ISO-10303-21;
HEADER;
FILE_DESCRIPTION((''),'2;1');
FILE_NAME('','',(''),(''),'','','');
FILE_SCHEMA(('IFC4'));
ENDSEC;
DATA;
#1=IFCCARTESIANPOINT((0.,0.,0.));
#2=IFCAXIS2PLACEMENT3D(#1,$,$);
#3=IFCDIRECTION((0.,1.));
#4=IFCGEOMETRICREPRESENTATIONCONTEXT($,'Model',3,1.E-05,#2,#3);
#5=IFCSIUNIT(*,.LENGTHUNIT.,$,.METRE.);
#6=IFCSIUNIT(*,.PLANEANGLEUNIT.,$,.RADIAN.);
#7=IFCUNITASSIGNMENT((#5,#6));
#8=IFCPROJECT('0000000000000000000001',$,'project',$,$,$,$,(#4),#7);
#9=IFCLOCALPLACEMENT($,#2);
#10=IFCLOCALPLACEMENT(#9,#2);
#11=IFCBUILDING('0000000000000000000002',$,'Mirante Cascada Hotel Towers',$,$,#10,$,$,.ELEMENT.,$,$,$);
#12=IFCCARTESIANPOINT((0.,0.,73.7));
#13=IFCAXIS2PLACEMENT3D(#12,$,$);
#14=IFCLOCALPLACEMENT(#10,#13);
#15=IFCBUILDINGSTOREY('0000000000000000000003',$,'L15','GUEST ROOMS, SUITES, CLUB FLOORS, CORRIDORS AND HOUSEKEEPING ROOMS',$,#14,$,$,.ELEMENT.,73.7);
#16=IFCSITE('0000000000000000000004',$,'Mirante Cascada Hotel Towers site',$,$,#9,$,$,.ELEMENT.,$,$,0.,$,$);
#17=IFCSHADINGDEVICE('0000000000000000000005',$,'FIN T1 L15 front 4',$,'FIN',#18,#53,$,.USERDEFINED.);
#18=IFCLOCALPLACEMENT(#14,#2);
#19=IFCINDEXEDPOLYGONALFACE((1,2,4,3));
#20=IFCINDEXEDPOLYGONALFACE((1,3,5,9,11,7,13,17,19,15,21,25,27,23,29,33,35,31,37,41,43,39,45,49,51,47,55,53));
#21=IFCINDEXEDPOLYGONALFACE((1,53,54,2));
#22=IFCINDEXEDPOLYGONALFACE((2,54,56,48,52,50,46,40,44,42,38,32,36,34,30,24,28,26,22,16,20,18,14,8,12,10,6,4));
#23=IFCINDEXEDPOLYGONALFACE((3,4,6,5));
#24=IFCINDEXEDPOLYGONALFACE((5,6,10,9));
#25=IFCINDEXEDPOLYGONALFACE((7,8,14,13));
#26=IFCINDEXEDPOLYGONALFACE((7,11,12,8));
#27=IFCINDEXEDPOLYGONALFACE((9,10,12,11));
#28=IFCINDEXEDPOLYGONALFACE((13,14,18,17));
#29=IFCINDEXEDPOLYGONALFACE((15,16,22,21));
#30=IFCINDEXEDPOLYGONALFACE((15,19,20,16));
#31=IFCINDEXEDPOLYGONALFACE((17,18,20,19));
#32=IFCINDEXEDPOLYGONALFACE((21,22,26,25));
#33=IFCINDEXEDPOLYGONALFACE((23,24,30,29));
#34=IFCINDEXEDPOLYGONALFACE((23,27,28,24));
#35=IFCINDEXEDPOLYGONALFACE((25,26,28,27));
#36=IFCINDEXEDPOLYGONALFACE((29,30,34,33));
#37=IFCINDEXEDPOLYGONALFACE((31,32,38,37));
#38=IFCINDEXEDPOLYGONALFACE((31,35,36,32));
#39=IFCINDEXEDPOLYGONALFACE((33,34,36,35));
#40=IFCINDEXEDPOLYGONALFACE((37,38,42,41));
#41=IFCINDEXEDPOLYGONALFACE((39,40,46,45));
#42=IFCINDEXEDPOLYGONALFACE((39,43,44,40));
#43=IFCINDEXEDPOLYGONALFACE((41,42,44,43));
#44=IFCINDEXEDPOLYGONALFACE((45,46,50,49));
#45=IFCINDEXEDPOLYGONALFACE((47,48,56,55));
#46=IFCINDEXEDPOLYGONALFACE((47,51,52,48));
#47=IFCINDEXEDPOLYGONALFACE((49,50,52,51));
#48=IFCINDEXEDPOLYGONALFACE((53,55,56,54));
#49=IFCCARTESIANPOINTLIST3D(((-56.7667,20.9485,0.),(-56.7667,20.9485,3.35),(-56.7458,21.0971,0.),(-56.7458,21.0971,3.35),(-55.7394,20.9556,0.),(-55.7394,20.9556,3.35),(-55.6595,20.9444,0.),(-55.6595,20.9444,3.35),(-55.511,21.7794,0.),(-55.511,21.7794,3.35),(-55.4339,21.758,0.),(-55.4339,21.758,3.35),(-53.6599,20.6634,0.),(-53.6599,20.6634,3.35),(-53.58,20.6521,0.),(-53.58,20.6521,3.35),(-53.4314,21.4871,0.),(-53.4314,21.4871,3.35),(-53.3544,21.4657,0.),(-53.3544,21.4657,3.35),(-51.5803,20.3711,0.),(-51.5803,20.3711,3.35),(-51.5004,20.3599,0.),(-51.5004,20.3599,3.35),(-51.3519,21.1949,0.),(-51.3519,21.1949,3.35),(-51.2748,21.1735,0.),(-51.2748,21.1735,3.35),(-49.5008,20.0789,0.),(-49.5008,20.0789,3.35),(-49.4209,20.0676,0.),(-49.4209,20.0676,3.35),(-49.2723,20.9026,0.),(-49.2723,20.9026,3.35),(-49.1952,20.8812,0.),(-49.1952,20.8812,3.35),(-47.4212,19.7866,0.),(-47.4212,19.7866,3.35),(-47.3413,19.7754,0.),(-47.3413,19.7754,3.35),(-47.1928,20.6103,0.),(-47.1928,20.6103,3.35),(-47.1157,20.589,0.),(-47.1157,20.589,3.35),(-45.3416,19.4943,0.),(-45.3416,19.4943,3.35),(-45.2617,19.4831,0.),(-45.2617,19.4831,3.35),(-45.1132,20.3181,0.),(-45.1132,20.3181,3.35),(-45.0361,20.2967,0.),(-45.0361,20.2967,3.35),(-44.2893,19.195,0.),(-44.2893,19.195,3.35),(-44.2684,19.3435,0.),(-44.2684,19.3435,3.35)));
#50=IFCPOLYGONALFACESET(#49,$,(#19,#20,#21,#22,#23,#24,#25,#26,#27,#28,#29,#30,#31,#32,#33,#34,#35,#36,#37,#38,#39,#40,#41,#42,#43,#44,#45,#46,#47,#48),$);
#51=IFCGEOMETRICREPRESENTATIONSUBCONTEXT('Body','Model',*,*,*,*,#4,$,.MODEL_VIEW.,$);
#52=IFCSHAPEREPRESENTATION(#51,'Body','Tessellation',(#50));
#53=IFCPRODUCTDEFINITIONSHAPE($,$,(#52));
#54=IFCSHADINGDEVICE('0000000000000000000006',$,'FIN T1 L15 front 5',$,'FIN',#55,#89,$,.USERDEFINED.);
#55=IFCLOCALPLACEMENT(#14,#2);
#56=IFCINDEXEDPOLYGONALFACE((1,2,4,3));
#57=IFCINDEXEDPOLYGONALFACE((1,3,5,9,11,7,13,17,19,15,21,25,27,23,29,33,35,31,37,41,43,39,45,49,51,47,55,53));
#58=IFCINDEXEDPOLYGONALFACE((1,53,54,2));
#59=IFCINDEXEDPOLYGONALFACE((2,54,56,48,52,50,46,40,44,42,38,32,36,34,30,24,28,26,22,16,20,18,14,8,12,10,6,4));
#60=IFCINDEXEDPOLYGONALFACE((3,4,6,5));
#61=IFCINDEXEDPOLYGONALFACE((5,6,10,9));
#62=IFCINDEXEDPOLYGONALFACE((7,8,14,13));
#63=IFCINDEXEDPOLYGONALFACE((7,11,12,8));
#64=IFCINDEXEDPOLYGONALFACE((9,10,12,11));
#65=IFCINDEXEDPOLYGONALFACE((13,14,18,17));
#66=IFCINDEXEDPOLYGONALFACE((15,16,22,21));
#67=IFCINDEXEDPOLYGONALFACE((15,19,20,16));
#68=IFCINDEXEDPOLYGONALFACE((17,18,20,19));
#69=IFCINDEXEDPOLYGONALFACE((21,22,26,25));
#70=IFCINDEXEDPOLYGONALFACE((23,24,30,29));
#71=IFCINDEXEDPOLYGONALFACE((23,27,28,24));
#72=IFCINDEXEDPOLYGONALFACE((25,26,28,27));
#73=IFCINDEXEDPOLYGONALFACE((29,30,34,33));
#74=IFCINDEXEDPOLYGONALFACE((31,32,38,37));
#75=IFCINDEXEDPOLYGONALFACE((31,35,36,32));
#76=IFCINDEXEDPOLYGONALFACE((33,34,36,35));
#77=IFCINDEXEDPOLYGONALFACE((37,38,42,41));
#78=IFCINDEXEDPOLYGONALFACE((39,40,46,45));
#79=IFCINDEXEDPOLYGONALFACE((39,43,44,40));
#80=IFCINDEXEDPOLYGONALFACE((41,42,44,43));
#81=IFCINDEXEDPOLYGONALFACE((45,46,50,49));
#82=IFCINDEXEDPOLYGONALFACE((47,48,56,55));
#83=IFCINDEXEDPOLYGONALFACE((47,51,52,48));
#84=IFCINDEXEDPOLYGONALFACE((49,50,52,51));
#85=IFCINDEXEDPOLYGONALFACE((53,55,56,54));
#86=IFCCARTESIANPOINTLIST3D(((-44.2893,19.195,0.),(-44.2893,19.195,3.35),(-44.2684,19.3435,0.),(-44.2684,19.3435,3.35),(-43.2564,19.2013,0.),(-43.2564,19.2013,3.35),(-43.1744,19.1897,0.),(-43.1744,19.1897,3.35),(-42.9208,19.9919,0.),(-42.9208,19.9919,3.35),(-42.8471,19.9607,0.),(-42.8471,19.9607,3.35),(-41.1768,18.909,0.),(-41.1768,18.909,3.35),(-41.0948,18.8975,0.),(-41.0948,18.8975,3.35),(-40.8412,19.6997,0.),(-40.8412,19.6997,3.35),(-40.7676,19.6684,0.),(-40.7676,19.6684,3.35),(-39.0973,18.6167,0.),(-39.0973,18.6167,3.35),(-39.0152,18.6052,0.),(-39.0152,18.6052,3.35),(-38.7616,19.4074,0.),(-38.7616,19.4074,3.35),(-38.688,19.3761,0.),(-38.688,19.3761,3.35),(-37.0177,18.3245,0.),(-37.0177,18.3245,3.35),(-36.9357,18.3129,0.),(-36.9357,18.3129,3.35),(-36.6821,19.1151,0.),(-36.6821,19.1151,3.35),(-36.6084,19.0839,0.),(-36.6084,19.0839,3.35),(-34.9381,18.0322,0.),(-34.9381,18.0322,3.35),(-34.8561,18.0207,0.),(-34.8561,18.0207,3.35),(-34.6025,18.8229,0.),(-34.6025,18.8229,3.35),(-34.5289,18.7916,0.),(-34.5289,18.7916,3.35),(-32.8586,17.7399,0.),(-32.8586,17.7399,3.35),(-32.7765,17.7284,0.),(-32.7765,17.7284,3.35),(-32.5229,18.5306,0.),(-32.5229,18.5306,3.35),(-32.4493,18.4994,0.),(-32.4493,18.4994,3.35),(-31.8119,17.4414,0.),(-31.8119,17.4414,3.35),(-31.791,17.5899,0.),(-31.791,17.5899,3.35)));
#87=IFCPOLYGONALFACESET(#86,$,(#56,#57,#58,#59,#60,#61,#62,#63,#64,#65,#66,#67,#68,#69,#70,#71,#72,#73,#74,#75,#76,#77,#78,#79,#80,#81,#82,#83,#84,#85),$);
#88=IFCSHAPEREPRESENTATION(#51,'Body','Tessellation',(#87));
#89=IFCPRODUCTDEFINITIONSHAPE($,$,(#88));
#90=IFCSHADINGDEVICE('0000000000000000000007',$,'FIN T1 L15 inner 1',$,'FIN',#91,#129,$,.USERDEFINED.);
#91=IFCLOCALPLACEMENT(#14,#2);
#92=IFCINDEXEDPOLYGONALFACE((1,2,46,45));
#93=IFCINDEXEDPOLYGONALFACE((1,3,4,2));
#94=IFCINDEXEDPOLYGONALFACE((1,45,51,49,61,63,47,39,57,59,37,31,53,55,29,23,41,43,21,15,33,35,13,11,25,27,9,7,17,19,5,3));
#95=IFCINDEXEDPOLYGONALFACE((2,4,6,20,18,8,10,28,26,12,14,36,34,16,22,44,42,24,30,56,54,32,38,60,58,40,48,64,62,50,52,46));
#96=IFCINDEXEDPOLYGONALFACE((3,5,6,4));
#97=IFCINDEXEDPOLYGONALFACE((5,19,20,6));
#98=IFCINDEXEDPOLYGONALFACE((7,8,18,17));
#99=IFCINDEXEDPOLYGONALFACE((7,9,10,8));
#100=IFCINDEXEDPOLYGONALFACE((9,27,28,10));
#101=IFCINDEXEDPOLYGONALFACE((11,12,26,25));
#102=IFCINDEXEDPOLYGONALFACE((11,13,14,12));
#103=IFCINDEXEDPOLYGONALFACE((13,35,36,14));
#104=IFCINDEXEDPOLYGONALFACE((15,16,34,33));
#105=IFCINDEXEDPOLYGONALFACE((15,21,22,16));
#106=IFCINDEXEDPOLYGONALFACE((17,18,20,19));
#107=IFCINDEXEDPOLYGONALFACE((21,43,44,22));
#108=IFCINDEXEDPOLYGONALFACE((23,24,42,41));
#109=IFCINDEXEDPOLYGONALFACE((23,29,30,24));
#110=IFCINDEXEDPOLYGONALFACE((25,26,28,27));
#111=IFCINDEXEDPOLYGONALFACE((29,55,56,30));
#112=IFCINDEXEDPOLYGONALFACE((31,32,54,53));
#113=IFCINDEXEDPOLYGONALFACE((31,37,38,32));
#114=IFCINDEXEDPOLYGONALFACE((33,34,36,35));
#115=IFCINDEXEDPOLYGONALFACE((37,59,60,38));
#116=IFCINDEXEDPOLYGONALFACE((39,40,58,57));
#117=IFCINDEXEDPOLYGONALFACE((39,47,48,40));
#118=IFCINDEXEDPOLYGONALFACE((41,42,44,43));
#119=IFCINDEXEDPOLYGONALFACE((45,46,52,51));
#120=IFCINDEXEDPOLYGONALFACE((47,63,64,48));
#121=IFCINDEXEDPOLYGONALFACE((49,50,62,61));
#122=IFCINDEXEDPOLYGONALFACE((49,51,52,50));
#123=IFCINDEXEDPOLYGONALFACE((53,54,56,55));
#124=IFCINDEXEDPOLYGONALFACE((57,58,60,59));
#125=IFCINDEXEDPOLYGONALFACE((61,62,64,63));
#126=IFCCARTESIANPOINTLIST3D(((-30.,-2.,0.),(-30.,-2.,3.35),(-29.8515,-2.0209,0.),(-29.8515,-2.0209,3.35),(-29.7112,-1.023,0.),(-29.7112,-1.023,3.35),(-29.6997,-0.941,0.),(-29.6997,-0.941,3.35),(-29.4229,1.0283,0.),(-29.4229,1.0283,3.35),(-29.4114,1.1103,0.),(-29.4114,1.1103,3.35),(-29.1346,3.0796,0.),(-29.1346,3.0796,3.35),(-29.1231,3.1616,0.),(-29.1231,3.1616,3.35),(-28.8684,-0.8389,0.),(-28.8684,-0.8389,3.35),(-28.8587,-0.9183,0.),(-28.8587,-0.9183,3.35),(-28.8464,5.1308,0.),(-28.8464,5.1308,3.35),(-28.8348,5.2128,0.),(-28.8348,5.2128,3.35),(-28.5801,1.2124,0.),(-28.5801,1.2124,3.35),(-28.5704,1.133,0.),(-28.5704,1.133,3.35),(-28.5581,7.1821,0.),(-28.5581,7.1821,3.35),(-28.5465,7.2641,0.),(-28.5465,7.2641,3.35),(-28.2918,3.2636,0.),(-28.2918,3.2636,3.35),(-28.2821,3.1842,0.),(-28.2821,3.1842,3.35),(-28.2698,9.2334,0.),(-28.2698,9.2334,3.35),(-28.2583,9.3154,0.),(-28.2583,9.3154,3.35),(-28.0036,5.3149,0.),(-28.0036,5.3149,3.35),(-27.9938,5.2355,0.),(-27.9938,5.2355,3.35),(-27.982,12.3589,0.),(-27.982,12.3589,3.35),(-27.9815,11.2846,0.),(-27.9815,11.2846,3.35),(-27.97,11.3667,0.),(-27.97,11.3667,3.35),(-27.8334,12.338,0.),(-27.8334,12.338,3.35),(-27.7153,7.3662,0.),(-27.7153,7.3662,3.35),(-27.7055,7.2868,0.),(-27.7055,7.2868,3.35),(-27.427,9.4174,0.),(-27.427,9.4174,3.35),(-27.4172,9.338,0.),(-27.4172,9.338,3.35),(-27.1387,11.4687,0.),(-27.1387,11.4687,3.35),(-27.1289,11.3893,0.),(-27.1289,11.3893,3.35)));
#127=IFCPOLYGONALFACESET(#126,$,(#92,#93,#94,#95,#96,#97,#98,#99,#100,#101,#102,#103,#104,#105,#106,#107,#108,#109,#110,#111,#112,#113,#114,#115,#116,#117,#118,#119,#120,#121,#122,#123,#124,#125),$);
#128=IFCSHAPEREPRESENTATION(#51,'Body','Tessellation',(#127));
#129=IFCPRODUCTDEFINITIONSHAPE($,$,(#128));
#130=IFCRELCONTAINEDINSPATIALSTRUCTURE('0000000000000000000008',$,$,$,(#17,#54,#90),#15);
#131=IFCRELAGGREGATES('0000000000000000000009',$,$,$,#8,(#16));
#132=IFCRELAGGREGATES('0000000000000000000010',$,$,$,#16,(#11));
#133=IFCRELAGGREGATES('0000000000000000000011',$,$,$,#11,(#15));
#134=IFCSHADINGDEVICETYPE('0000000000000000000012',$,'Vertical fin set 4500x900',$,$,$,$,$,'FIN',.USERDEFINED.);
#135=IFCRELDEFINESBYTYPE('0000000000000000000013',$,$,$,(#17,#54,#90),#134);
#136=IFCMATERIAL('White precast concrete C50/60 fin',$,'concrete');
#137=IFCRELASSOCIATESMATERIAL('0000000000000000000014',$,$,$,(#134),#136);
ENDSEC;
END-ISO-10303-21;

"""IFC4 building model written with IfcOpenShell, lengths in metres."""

from ifc_helpers import new_model, si_unit, direction, frame, origin, place, context, subcontext, project, spatial, polyline, outline, extrude, material, type_object, element, save


model = new_model("IFC4")

# Units and contexts
model_context = context("Model", 3, precision=1e-05, world=origin(), true_north=direction((0.0, 1.0)))
body_context = subcontext(model_context, "Body", "Model", "MODEL_VIEW")
ifc_project = project(units=[si_unit("LENGTHUNIT", "METRE"), si_unit("PLANEANGLEUNIT", "RADIAN")], contexts=[model_context])

# Site, building, storey
site_placement = place(None, origin())
site = spatial("IfcSite", under=ifc_project, at=site_placement, Name="Mirante Cascada Hotel Towers site", CompositionType="ELEMENT", RefElevation=0.0)
building_placement = place(site_placement, origin())
building = spatial("IfcBuilding", under=site, at=building_placement, Name="Mirante Cascada Hotel Towers", CompositionType="ELEMENT")
storey_placement = place(building_placement, frame((0.0, 0.0, 73.7)))
storey = spatial("IfcBuildingStorey", under=building, at=storey_placement, Name="L15", Description="GUEST ROOMS, SUITES, CLUB FLOORS, CORRIDORS AND HOUSEKEEPING ROOMS", CompositionType="ELEMENT", Elevation=73.7)

# Shading devices
ifc_material_1 = material(Name="White precast concrete C50/60 fin", Category="concrete")
shading_device_type = type_object("IfcShadingDeviceType", Name="Vertical fin set 4500x900", ElementType="FIN", PredefinedType="USERDEFINED", material=ifc_material_1)
shading_device_1_placement = place(storey_placement, origin())
element("IfcShadingDevice", 1, at=shading_device_1_placement, inside=storey, type_object=shading_device_type, Name="FIN T1 L15 front 4", ObjectType="FIN", PredefinedType="USERDEFINED", context=body_context, shape_type="SweptSolid", body=[
    extrude(outline(polyline([(-45.0361, 20.2967), (-45.2617, 19.4831), (-44.2684, 19.3435), (-44.2893, 19.195), (-56.7667, 20.9485), (-56.7458, 21.0971), (-55.7394, 20.9556), (-55.511, 21.7794), (-55.4339, 21.758), (-55.6595, 20.9444), (-53.6599, 20.6634), (-53.4314, 21.4871), (-53.3544, 21.4657), (-53.58, 20.6521), (-51.5803, 20.3711), (-51.3519, 21.1949), (-51.2748, 21.1735), (-51.5004, 20.3599), (-49.5008, 20.0789), (-49.2723, 20.9026), (-49.1952, 20.8812), (-49.4209, 20.0676), (-47.4212, 19.7866), (-47.1928, 20.6103), (-47.1157, 20.589), (-47.3413, 19.7754), (-45.3416, 19.4943), (-45.1132, 20.3181), (-45.0361, 20.2967)])), origin(), (0.0, 0.0, 1.0), 3.35),
])
shading_device_2_placement = place(storey_placement, origin())
element("IfcShadingDevice", 2, at=shading_device_2_placement, inside=storey, type_object=shading_device_type, Name="FIN T1 L15 front 5", ObjectType="FIN", PredefinedType="USERDEFINED", context=body_context, shape_type="SweptSolid", body=[
    extrude(outline(polyline([(-32.4493, 18.4994), (-32.7765, 17.7284), (-31.791, 17.5899), (-31.8119, 17.4414), (-44.2893, 19.195), (-44.2684, 19.3435), (-43.2564, 19.2013), (-42.9208, 19.9919), (-42.8471, 19.9607), (-43.1744, 19.1897), (-41.1768, 18.909), (-40.8412, 19.6997), (-40.7676, 19.6684), (-41.0948, 18.8975), (-39.0973, 18.6167), (-38.7616, 19.4074), (-38.688, 19.3761), (-39.0152, 18.6052), (-37.0177, 18.3245), (-36.6821, 19.1151), (-36.6084, 19.0839), (-36.9357, 18.3129), (-34.9381, 18.0322), (-34.6025, 18.8229), (-34.5289, 18.7916), (-34.8561, 18.0207), (-32.8586, 17.7399), (-32.5229, 18.5306), (-32.4493, 18.4994)])), origin(), (0.0, 0.0, 1.0), 3.35),
])
shading_device_3_placement = place(storey_placement, origin())
element("IfcShadingDevice", 3, at=shading_device_3_placement, inside=storey, type_object=shading_device_type, Name="FIN T1 L15 inner 1", ObjectType="FIN", PredefinedType="USERDEFINED", context=body_context, shape_type="SweptSolid", body=[
    extrude(outline(polyline([(-29.7112, -1.023), (-29.8515, -2.0209), (-30.0, -2.0), (-27.982, 12.3589), (-27.8334, 12.338), (-27.97, 11.3667), (-27.1387, 11.4687), (-27.1289, 11.3893), (-27.9815, 11.2846), (-28.2583, 9.3154), (-27.427, 9.4174), (-27.4172, 9.338), (-28.2698, 9.2334), (-28.5465, 7.2641), (-27.7153, 7.3662), (-27.7055, 7.2868), (-28.5581, 7.1821), (-28.8348, 5.2128), (-28.0036, 5.3149), (-27.9938, 5.2355), (-28.8464, 5.1308), (-29.1231, 3.1616), (-28.2918, 3.2636), (-28.2821, 3.1842), (-29.1346, 3.0796), (-29.4114, 1.1103), (-28.5801, 1.2124), (-28.5704, 1.133), (-29.4229, 1.0283), (-29.6997, -0.941), (-28.8684, -0.8389), (-28.8587, -0.9183), (-29.7112, -1.023)])), origin(), (0.0, 0.0, 1.0), 3.35),
])

save(model, "model.ifc")
